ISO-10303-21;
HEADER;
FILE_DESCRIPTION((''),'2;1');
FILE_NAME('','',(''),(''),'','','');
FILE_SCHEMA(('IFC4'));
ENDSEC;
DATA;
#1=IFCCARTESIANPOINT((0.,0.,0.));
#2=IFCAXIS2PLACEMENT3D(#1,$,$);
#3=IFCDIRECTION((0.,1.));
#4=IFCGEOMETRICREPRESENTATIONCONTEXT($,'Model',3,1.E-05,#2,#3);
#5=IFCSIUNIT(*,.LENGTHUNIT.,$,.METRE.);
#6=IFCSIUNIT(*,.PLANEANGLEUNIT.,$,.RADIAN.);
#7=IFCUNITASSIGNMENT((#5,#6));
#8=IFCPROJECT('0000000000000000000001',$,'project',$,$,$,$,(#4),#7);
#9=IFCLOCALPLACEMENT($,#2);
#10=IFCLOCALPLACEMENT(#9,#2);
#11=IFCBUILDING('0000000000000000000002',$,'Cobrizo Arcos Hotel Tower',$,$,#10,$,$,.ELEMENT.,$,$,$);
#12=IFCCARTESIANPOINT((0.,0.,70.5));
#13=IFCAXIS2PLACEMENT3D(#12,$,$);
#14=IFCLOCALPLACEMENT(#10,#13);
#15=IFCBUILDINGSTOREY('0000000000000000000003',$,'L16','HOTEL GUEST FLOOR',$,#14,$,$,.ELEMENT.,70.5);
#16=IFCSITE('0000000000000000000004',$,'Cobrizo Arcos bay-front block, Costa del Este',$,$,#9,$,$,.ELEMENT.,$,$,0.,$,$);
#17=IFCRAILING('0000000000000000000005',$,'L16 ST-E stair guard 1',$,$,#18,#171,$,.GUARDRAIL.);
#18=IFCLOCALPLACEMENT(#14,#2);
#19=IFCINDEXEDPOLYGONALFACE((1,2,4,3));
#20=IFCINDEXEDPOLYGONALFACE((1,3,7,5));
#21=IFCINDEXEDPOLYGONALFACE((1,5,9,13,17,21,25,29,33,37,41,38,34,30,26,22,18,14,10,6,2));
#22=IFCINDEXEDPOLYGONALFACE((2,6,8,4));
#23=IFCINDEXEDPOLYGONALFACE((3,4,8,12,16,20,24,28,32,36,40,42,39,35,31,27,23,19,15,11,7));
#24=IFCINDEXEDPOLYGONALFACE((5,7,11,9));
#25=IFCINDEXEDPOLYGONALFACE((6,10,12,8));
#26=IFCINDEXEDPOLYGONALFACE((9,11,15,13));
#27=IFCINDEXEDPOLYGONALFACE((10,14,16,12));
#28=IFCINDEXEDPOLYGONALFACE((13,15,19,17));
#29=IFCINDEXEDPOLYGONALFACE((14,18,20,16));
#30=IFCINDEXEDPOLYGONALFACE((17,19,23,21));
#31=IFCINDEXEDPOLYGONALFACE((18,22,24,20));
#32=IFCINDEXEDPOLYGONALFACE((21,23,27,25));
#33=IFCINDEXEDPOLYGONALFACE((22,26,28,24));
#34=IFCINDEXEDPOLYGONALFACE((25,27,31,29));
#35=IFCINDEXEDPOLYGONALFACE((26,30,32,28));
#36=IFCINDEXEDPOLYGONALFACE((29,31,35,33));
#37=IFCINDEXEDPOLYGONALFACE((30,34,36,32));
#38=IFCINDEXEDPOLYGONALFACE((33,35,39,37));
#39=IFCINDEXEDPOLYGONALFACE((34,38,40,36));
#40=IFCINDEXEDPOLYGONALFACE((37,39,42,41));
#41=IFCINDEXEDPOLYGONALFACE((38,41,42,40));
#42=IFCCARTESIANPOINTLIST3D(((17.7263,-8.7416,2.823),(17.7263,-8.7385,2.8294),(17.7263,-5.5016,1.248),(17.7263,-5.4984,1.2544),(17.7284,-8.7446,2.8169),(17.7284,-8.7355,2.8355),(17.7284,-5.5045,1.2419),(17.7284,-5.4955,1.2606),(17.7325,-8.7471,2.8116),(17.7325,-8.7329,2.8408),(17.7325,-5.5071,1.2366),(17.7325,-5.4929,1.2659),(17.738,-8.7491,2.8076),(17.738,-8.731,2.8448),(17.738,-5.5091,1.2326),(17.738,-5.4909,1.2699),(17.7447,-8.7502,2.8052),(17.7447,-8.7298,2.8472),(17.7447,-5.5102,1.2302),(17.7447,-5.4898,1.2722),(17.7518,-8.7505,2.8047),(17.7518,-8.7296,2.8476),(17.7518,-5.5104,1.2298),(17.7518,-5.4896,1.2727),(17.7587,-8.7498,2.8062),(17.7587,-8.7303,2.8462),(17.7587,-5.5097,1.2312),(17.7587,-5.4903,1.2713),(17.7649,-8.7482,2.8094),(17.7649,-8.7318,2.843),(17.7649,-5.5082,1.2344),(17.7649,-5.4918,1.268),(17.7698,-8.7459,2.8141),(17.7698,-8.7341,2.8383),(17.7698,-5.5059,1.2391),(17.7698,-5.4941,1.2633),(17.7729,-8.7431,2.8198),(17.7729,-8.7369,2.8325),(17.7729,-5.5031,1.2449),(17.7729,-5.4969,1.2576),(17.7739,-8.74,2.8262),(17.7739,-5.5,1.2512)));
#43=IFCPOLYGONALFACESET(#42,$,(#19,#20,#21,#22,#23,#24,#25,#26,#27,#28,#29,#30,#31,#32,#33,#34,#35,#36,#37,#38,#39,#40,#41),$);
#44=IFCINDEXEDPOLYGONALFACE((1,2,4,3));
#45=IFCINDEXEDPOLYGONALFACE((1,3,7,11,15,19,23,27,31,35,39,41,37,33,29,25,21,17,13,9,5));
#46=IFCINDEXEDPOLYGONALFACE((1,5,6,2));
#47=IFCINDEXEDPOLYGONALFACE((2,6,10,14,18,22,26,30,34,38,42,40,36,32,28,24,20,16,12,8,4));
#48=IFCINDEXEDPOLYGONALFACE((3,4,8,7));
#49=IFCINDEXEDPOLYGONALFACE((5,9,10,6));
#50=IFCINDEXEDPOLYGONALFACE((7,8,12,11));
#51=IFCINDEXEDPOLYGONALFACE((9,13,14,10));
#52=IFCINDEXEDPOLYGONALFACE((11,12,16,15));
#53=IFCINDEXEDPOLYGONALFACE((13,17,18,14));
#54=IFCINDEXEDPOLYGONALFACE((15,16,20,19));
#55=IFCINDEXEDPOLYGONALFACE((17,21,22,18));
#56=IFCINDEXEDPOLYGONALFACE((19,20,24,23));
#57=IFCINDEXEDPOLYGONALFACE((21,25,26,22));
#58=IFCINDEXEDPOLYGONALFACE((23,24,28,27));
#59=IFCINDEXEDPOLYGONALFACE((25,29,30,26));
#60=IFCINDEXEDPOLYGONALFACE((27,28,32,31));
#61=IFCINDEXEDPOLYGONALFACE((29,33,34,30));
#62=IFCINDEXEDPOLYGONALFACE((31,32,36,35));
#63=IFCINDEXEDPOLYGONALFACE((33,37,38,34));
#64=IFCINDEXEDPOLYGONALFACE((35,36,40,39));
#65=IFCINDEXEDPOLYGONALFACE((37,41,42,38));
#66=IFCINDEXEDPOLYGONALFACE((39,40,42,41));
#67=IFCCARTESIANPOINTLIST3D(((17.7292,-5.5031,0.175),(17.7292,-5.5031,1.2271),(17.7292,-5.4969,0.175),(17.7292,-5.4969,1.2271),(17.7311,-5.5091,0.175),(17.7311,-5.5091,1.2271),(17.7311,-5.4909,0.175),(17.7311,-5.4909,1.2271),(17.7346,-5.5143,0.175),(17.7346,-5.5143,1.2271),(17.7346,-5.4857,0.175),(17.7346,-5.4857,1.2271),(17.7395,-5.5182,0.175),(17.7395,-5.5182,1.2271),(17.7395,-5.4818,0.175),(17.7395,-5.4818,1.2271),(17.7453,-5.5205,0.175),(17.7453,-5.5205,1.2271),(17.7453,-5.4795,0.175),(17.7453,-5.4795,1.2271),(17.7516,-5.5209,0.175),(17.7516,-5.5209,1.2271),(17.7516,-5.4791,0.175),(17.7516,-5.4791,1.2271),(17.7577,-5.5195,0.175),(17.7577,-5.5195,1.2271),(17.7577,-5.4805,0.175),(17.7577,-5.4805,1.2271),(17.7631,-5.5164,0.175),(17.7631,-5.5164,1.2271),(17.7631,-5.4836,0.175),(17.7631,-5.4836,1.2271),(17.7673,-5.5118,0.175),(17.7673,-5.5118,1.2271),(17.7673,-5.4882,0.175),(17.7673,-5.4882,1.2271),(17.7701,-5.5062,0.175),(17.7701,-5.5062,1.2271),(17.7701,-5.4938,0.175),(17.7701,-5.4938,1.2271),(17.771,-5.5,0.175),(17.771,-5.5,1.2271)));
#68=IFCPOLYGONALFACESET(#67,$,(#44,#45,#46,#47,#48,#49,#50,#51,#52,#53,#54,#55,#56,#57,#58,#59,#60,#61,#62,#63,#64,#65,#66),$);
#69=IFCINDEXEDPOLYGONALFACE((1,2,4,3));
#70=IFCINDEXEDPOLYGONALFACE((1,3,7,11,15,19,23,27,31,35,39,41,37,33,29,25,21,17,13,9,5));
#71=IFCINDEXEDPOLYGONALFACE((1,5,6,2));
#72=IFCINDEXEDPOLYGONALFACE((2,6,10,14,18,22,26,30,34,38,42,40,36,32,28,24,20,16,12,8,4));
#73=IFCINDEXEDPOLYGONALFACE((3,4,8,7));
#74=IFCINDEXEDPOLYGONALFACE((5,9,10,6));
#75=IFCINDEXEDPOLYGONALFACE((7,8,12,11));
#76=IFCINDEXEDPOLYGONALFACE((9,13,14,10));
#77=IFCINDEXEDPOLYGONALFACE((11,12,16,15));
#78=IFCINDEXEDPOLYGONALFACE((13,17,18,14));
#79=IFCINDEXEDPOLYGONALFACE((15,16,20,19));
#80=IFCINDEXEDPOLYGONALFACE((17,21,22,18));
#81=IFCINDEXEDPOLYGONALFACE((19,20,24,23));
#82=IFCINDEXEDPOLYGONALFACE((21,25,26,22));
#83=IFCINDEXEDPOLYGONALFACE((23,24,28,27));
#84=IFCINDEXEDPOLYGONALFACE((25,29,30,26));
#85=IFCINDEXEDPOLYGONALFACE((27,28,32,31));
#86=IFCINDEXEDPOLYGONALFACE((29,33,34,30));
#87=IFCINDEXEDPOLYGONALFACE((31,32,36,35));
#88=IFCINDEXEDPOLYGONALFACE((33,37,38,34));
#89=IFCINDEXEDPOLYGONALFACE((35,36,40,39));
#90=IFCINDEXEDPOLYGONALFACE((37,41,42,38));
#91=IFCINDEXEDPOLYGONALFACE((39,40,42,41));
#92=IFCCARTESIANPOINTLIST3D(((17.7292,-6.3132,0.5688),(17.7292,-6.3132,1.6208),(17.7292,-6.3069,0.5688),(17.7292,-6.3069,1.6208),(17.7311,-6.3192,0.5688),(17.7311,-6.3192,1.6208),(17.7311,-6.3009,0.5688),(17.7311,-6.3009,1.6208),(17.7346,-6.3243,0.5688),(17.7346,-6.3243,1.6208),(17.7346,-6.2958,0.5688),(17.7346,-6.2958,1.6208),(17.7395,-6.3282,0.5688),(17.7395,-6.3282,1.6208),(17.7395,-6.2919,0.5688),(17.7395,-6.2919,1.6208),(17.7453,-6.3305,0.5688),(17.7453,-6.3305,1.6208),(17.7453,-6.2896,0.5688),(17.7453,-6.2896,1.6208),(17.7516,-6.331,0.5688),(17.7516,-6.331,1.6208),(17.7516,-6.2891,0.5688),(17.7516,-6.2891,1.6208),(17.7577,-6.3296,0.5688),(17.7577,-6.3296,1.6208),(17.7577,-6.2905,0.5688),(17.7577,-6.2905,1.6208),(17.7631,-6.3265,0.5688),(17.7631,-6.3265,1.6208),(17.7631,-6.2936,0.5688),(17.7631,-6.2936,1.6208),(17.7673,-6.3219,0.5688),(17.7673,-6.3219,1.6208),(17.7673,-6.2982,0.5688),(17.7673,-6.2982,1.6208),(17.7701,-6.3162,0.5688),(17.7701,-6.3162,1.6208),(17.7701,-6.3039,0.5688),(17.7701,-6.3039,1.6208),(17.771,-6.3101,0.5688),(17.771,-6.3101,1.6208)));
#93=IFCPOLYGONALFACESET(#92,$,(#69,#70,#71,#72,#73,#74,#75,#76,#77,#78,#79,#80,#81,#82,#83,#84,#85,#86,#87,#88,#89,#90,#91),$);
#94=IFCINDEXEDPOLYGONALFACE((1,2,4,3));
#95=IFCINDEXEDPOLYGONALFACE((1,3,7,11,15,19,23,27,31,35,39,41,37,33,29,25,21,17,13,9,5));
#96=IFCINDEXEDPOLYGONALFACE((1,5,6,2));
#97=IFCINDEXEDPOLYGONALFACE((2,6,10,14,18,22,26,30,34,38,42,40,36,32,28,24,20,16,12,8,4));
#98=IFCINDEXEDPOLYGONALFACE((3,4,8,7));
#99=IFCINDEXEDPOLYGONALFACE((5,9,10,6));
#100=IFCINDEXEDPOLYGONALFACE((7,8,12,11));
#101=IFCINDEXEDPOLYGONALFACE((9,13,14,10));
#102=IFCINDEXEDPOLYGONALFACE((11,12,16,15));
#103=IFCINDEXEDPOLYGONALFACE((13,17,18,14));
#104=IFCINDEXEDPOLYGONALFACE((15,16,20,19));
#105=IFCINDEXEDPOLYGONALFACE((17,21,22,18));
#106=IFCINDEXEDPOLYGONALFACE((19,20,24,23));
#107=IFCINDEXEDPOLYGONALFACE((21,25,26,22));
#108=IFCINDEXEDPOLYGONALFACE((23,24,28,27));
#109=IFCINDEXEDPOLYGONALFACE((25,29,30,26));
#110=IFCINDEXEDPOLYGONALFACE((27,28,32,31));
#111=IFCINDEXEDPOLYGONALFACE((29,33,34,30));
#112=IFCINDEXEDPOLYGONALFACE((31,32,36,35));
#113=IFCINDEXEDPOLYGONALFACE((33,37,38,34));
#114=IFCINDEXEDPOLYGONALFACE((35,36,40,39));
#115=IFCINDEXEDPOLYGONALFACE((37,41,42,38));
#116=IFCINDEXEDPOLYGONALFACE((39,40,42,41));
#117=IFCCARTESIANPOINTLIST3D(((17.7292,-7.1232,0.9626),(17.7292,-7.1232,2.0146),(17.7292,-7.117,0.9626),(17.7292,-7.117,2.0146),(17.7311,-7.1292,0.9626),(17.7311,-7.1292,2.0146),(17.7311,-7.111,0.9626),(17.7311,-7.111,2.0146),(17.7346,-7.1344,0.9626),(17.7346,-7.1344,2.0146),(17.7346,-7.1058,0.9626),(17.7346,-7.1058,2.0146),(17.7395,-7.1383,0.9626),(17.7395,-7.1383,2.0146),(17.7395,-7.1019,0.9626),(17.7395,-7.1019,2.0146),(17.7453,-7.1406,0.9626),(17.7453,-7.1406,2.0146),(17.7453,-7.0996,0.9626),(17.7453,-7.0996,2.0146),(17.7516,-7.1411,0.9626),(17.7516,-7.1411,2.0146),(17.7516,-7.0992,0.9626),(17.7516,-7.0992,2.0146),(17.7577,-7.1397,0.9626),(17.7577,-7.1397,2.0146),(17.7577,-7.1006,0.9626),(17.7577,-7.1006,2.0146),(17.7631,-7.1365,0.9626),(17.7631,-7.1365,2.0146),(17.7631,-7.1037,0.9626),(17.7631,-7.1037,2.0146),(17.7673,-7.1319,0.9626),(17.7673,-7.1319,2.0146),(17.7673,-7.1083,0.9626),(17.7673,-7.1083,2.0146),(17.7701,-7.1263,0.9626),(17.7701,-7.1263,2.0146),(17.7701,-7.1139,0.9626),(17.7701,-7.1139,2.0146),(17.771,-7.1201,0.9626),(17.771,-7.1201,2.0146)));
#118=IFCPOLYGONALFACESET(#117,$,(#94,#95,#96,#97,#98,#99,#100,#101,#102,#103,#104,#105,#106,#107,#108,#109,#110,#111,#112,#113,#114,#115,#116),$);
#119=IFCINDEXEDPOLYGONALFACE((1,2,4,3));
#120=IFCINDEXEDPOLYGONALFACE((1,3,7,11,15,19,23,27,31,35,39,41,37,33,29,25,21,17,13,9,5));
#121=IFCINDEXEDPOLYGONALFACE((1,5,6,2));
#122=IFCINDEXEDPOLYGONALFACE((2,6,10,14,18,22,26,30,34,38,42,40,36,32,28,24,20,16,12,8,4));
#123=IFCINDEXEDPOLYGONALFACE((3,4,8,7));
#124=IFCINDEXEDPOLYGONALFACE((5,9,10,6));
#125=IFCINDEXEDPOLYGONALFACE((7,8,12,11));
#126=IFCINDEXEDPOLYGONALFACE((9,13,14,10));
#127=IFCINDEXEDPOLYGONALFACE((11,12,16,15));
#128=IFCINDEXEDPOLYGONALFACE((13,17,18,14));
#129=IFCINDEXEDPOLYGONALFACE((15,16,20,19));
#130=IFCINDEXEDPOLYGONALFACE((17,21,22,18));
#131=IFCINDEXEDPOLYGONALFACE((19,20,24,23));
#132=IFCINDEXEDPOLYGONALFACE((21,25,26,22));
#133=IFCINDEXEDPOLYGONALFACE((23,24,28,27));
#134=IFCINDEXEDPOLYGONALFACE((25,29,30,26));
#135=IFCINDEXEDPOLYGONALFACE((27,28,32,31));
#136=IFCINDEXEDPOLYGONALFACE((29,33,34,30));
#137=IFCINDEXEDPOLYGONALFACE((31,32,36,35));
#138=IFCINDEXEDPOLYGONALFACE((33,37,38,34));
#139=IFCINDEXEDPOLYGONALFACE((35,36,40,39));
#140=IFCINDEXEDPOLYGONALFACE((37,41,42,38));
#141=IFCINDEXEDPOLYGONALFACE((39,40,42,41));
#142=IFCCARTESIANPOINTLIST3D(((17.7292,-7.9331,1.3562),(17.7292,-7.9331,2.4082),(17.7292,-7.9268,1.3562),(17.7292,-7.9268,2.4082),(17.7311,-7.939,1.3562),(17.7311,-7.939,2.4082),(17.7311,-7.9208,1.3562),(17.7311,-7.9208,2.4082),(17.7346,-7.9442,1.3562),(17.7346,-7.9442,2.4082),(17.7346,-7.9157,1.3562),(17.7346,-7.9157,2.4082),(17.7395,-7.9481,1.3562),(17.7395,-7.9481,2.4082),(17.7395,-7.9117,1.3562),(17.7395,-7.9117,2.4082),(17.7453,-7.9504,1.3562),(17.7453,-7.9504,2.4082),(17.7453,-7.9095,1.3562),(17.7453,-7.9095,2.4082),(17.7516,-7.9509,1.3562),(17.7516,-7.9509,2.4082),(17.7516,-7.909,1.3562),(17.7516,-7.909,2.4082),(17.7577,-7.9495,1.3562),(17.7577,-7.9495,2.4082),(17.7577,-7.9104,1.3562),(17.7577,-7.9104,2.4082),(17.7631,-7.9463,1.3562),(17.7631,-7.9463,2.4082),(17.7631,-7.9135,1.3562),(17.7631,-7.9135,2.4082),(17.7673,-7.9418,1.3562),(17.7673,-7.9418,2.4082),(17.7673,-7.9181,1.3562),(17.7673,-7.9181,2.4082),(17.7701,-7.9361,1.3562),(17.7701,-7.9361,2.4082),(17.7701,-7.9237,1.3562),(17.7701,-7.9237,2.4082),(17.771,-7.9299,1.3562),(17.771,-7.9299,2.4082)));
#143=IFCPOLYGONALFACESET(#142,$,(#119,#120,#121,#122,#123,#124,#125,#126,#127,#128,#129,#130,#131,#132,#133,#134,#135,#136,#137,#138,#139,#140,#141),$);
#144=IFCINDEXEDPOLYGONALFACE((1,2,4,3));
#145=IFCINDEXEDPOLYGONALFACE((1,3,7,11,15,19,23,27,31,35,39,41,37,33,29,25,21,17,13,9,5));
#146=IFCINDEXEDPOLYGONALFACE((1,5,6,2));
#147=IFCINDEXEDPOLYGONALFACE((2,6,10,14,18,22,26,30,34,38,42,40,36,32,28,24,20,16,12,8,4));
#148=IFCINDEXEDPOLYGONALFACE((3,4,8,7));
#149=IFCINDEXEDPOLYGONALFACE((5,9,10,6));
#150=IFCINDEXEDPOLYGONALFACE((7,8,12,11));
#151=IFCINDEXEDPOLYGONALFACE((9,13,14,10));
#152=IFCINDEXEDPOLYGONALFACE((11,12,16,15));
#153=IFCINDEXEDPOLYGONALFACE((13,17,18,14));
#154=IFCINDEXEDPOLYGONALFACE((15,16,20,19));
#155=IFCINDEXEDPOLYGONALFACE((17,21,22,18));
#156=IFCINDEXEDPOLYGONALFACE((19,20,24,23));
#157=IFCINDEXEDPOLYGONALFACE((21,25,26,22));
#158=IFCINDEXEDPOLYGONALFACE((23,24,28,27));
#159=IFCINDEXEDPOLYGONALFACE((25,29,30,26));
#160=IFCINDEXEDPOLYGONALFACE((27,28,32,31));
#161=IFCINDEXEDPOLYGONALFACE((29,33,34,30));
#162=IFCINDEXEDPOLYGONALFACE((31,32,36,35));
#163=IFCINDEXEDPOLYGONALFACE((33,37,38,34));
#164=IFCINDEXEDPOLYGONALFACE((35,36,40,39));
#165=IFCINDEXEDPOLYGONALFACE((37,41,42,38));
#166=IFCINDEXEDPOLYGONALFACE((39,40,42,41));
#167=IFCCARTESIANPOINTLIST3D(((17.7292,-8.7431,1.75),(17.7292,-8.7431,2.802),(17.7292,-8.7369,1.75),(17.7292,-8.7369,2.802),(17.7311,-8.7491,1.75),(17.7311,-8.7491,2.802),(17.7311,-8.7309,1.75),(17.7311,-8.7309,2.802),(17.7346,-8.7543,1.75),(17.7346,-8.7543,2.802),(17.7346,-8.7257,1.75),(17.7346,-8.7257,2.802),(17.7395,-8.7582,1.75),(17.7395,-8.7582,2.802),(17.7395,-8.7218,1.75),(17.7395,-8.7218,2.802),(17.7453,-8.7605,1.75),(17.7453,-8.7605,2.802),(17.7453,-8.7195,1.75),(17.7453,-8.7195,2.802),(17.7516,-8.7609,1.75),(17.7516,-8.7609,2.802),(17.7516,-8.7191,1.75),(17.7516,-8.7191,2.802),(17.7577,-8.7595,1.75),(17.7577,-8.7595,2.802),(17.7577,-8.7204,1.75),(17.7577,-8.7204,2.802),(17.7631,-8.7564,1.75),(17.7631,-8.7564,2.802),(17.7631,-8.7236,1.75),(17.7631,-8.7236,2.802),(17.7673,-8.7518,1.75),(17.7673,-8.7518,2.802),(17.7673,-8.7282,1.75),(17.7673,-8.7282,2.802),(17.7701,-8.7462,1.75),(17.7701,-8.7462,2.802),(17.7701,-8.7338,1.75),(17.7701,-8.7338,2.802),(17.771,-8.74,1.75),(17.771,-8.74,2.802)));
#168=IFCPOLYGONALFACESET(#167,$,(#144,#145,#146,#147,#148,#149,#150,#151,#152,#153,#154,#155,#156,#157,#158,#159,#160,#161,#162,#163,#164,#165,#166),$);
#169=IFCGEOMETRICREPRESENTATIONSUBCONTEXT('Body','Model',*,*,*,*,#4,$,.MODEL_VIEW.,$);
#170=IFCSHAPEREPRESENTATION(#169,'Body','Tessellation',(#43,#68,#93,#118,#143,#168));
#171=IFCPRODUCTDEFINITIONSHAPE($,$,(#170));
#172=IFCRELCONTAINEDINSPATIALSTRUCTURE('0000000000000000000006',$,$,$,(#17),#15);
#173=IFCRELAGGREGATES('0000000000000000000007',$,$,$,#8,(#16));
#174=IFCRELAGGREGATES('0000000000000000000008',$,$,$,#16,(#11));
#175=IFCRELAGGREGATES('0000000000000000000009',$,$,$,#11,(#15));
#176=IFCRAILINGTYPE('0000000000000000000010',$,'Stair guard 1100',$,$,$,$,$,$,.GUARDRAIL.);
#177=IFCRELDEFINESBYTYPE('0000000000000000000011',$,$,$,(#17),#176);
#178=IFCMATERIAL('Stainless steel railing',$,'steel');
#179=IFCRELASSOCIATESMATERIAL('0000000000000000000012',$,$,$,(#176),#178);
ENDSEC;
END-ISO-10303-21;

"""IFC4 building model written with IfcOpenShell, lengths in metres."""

from ifc_helpers import new_model, si_unit, direction, frame, origin, origin_2d, place, context, subcontext, project, spatial, circle, extrude, material, type_object, element, save


model = new_model("IFC4")

# Units and contexts
model_context = context("Model", 3, precision=1e-05, world=origin(), true_north=direction((0.0, 1.0)))
body_context = subcontext(model_context, "Body", "Model", "MODEL_VIEW")
ifc_project = project(units=[si_unit("LENGTHUNIT", "METRE"), si_unit("PLANEANGLEUNIT", "RADIAN")], contexts=[model_context])

# Site, building, storey
site_placement = place(None, origin())
site = spatial("IfcSite", under=ifc_project, at=site_placement, Name="Cobrizo Arcos bay-front block, Costa del Este", CompositionType="ELEMENT", RefElevation=0.0)
building_placement = place(site_placement, origin())
building = spatial("IfcBuilding", under=site, at=building_placement, Name="Cobrizo Arcos Hotel Tower", CompositionType="ELEMENT")
storey_placement = place(building_placement, frame((0.0, 0.0, 70.5)))
storey = spatial("IfcBuildingStorey", under=building, at=storey_placement, Name="L16", Description="HOTEL GUEST FLOOR", CompositionType="ELEMENT", Elevation=70.5)

# Railing
ifc_material_1 = material(Name="Stainless steel railing", Category="steel")
railing_type_1 = type_object("IfcRailingType", Name="Stair guard 1100", PredefinedType="GUARDRAIL", material=ifc_material_1)
railing_1_placement = place(storey_placement, frame((17.75, -5.5, 0.175)))
element("IfcRailing", 1, at=railing_1_placement, inside=storey, type_object=railing_type_1, Name="L16 ST-E stair guard 1", PredefinedType="GUARDRAIL", context=body_context, shape_type="SweptSolid", body=[
    extrude(circle(Radius=0.0239, at=origin_2d()), frame((0.0, 0.0, 1.0762), z_axis=(0.0, -0.899373, 0.437183), x_axis=(1.0, 0.0, 0.0)), (0.0, 0.0, 1.0), 3.6025),
    extrude(circle(Radius=0.021, at=origin_2d()), origin(), (0.0, 0.0, 1.0), 1.052),
    extrude(circle(Radius=0.021, at=origin_2d()), frame((0.0, -0.8101, 0.3938)), (0.0, 0.0, 1.0), 1.052),
    extrude(circle(Radius=0.021, at=origin_2d()), frame((0.0, -1.6201, 0.7876)), (0.0, 0.0, 1.0), 1.052),
    extrude(circle(Radius=0.021, at=origin_2d()), frame((0.0, -2.4299, 1.1812)), (0.0, 0.0, 1.0), 1.052),
    extrude(circle(Radius=0.021, at=origin_2d()), frame((0.0, -3.24, 1.575)), (0.0, 0.0, 1.0), 1.052),
])

save(model, "model.ifc")
